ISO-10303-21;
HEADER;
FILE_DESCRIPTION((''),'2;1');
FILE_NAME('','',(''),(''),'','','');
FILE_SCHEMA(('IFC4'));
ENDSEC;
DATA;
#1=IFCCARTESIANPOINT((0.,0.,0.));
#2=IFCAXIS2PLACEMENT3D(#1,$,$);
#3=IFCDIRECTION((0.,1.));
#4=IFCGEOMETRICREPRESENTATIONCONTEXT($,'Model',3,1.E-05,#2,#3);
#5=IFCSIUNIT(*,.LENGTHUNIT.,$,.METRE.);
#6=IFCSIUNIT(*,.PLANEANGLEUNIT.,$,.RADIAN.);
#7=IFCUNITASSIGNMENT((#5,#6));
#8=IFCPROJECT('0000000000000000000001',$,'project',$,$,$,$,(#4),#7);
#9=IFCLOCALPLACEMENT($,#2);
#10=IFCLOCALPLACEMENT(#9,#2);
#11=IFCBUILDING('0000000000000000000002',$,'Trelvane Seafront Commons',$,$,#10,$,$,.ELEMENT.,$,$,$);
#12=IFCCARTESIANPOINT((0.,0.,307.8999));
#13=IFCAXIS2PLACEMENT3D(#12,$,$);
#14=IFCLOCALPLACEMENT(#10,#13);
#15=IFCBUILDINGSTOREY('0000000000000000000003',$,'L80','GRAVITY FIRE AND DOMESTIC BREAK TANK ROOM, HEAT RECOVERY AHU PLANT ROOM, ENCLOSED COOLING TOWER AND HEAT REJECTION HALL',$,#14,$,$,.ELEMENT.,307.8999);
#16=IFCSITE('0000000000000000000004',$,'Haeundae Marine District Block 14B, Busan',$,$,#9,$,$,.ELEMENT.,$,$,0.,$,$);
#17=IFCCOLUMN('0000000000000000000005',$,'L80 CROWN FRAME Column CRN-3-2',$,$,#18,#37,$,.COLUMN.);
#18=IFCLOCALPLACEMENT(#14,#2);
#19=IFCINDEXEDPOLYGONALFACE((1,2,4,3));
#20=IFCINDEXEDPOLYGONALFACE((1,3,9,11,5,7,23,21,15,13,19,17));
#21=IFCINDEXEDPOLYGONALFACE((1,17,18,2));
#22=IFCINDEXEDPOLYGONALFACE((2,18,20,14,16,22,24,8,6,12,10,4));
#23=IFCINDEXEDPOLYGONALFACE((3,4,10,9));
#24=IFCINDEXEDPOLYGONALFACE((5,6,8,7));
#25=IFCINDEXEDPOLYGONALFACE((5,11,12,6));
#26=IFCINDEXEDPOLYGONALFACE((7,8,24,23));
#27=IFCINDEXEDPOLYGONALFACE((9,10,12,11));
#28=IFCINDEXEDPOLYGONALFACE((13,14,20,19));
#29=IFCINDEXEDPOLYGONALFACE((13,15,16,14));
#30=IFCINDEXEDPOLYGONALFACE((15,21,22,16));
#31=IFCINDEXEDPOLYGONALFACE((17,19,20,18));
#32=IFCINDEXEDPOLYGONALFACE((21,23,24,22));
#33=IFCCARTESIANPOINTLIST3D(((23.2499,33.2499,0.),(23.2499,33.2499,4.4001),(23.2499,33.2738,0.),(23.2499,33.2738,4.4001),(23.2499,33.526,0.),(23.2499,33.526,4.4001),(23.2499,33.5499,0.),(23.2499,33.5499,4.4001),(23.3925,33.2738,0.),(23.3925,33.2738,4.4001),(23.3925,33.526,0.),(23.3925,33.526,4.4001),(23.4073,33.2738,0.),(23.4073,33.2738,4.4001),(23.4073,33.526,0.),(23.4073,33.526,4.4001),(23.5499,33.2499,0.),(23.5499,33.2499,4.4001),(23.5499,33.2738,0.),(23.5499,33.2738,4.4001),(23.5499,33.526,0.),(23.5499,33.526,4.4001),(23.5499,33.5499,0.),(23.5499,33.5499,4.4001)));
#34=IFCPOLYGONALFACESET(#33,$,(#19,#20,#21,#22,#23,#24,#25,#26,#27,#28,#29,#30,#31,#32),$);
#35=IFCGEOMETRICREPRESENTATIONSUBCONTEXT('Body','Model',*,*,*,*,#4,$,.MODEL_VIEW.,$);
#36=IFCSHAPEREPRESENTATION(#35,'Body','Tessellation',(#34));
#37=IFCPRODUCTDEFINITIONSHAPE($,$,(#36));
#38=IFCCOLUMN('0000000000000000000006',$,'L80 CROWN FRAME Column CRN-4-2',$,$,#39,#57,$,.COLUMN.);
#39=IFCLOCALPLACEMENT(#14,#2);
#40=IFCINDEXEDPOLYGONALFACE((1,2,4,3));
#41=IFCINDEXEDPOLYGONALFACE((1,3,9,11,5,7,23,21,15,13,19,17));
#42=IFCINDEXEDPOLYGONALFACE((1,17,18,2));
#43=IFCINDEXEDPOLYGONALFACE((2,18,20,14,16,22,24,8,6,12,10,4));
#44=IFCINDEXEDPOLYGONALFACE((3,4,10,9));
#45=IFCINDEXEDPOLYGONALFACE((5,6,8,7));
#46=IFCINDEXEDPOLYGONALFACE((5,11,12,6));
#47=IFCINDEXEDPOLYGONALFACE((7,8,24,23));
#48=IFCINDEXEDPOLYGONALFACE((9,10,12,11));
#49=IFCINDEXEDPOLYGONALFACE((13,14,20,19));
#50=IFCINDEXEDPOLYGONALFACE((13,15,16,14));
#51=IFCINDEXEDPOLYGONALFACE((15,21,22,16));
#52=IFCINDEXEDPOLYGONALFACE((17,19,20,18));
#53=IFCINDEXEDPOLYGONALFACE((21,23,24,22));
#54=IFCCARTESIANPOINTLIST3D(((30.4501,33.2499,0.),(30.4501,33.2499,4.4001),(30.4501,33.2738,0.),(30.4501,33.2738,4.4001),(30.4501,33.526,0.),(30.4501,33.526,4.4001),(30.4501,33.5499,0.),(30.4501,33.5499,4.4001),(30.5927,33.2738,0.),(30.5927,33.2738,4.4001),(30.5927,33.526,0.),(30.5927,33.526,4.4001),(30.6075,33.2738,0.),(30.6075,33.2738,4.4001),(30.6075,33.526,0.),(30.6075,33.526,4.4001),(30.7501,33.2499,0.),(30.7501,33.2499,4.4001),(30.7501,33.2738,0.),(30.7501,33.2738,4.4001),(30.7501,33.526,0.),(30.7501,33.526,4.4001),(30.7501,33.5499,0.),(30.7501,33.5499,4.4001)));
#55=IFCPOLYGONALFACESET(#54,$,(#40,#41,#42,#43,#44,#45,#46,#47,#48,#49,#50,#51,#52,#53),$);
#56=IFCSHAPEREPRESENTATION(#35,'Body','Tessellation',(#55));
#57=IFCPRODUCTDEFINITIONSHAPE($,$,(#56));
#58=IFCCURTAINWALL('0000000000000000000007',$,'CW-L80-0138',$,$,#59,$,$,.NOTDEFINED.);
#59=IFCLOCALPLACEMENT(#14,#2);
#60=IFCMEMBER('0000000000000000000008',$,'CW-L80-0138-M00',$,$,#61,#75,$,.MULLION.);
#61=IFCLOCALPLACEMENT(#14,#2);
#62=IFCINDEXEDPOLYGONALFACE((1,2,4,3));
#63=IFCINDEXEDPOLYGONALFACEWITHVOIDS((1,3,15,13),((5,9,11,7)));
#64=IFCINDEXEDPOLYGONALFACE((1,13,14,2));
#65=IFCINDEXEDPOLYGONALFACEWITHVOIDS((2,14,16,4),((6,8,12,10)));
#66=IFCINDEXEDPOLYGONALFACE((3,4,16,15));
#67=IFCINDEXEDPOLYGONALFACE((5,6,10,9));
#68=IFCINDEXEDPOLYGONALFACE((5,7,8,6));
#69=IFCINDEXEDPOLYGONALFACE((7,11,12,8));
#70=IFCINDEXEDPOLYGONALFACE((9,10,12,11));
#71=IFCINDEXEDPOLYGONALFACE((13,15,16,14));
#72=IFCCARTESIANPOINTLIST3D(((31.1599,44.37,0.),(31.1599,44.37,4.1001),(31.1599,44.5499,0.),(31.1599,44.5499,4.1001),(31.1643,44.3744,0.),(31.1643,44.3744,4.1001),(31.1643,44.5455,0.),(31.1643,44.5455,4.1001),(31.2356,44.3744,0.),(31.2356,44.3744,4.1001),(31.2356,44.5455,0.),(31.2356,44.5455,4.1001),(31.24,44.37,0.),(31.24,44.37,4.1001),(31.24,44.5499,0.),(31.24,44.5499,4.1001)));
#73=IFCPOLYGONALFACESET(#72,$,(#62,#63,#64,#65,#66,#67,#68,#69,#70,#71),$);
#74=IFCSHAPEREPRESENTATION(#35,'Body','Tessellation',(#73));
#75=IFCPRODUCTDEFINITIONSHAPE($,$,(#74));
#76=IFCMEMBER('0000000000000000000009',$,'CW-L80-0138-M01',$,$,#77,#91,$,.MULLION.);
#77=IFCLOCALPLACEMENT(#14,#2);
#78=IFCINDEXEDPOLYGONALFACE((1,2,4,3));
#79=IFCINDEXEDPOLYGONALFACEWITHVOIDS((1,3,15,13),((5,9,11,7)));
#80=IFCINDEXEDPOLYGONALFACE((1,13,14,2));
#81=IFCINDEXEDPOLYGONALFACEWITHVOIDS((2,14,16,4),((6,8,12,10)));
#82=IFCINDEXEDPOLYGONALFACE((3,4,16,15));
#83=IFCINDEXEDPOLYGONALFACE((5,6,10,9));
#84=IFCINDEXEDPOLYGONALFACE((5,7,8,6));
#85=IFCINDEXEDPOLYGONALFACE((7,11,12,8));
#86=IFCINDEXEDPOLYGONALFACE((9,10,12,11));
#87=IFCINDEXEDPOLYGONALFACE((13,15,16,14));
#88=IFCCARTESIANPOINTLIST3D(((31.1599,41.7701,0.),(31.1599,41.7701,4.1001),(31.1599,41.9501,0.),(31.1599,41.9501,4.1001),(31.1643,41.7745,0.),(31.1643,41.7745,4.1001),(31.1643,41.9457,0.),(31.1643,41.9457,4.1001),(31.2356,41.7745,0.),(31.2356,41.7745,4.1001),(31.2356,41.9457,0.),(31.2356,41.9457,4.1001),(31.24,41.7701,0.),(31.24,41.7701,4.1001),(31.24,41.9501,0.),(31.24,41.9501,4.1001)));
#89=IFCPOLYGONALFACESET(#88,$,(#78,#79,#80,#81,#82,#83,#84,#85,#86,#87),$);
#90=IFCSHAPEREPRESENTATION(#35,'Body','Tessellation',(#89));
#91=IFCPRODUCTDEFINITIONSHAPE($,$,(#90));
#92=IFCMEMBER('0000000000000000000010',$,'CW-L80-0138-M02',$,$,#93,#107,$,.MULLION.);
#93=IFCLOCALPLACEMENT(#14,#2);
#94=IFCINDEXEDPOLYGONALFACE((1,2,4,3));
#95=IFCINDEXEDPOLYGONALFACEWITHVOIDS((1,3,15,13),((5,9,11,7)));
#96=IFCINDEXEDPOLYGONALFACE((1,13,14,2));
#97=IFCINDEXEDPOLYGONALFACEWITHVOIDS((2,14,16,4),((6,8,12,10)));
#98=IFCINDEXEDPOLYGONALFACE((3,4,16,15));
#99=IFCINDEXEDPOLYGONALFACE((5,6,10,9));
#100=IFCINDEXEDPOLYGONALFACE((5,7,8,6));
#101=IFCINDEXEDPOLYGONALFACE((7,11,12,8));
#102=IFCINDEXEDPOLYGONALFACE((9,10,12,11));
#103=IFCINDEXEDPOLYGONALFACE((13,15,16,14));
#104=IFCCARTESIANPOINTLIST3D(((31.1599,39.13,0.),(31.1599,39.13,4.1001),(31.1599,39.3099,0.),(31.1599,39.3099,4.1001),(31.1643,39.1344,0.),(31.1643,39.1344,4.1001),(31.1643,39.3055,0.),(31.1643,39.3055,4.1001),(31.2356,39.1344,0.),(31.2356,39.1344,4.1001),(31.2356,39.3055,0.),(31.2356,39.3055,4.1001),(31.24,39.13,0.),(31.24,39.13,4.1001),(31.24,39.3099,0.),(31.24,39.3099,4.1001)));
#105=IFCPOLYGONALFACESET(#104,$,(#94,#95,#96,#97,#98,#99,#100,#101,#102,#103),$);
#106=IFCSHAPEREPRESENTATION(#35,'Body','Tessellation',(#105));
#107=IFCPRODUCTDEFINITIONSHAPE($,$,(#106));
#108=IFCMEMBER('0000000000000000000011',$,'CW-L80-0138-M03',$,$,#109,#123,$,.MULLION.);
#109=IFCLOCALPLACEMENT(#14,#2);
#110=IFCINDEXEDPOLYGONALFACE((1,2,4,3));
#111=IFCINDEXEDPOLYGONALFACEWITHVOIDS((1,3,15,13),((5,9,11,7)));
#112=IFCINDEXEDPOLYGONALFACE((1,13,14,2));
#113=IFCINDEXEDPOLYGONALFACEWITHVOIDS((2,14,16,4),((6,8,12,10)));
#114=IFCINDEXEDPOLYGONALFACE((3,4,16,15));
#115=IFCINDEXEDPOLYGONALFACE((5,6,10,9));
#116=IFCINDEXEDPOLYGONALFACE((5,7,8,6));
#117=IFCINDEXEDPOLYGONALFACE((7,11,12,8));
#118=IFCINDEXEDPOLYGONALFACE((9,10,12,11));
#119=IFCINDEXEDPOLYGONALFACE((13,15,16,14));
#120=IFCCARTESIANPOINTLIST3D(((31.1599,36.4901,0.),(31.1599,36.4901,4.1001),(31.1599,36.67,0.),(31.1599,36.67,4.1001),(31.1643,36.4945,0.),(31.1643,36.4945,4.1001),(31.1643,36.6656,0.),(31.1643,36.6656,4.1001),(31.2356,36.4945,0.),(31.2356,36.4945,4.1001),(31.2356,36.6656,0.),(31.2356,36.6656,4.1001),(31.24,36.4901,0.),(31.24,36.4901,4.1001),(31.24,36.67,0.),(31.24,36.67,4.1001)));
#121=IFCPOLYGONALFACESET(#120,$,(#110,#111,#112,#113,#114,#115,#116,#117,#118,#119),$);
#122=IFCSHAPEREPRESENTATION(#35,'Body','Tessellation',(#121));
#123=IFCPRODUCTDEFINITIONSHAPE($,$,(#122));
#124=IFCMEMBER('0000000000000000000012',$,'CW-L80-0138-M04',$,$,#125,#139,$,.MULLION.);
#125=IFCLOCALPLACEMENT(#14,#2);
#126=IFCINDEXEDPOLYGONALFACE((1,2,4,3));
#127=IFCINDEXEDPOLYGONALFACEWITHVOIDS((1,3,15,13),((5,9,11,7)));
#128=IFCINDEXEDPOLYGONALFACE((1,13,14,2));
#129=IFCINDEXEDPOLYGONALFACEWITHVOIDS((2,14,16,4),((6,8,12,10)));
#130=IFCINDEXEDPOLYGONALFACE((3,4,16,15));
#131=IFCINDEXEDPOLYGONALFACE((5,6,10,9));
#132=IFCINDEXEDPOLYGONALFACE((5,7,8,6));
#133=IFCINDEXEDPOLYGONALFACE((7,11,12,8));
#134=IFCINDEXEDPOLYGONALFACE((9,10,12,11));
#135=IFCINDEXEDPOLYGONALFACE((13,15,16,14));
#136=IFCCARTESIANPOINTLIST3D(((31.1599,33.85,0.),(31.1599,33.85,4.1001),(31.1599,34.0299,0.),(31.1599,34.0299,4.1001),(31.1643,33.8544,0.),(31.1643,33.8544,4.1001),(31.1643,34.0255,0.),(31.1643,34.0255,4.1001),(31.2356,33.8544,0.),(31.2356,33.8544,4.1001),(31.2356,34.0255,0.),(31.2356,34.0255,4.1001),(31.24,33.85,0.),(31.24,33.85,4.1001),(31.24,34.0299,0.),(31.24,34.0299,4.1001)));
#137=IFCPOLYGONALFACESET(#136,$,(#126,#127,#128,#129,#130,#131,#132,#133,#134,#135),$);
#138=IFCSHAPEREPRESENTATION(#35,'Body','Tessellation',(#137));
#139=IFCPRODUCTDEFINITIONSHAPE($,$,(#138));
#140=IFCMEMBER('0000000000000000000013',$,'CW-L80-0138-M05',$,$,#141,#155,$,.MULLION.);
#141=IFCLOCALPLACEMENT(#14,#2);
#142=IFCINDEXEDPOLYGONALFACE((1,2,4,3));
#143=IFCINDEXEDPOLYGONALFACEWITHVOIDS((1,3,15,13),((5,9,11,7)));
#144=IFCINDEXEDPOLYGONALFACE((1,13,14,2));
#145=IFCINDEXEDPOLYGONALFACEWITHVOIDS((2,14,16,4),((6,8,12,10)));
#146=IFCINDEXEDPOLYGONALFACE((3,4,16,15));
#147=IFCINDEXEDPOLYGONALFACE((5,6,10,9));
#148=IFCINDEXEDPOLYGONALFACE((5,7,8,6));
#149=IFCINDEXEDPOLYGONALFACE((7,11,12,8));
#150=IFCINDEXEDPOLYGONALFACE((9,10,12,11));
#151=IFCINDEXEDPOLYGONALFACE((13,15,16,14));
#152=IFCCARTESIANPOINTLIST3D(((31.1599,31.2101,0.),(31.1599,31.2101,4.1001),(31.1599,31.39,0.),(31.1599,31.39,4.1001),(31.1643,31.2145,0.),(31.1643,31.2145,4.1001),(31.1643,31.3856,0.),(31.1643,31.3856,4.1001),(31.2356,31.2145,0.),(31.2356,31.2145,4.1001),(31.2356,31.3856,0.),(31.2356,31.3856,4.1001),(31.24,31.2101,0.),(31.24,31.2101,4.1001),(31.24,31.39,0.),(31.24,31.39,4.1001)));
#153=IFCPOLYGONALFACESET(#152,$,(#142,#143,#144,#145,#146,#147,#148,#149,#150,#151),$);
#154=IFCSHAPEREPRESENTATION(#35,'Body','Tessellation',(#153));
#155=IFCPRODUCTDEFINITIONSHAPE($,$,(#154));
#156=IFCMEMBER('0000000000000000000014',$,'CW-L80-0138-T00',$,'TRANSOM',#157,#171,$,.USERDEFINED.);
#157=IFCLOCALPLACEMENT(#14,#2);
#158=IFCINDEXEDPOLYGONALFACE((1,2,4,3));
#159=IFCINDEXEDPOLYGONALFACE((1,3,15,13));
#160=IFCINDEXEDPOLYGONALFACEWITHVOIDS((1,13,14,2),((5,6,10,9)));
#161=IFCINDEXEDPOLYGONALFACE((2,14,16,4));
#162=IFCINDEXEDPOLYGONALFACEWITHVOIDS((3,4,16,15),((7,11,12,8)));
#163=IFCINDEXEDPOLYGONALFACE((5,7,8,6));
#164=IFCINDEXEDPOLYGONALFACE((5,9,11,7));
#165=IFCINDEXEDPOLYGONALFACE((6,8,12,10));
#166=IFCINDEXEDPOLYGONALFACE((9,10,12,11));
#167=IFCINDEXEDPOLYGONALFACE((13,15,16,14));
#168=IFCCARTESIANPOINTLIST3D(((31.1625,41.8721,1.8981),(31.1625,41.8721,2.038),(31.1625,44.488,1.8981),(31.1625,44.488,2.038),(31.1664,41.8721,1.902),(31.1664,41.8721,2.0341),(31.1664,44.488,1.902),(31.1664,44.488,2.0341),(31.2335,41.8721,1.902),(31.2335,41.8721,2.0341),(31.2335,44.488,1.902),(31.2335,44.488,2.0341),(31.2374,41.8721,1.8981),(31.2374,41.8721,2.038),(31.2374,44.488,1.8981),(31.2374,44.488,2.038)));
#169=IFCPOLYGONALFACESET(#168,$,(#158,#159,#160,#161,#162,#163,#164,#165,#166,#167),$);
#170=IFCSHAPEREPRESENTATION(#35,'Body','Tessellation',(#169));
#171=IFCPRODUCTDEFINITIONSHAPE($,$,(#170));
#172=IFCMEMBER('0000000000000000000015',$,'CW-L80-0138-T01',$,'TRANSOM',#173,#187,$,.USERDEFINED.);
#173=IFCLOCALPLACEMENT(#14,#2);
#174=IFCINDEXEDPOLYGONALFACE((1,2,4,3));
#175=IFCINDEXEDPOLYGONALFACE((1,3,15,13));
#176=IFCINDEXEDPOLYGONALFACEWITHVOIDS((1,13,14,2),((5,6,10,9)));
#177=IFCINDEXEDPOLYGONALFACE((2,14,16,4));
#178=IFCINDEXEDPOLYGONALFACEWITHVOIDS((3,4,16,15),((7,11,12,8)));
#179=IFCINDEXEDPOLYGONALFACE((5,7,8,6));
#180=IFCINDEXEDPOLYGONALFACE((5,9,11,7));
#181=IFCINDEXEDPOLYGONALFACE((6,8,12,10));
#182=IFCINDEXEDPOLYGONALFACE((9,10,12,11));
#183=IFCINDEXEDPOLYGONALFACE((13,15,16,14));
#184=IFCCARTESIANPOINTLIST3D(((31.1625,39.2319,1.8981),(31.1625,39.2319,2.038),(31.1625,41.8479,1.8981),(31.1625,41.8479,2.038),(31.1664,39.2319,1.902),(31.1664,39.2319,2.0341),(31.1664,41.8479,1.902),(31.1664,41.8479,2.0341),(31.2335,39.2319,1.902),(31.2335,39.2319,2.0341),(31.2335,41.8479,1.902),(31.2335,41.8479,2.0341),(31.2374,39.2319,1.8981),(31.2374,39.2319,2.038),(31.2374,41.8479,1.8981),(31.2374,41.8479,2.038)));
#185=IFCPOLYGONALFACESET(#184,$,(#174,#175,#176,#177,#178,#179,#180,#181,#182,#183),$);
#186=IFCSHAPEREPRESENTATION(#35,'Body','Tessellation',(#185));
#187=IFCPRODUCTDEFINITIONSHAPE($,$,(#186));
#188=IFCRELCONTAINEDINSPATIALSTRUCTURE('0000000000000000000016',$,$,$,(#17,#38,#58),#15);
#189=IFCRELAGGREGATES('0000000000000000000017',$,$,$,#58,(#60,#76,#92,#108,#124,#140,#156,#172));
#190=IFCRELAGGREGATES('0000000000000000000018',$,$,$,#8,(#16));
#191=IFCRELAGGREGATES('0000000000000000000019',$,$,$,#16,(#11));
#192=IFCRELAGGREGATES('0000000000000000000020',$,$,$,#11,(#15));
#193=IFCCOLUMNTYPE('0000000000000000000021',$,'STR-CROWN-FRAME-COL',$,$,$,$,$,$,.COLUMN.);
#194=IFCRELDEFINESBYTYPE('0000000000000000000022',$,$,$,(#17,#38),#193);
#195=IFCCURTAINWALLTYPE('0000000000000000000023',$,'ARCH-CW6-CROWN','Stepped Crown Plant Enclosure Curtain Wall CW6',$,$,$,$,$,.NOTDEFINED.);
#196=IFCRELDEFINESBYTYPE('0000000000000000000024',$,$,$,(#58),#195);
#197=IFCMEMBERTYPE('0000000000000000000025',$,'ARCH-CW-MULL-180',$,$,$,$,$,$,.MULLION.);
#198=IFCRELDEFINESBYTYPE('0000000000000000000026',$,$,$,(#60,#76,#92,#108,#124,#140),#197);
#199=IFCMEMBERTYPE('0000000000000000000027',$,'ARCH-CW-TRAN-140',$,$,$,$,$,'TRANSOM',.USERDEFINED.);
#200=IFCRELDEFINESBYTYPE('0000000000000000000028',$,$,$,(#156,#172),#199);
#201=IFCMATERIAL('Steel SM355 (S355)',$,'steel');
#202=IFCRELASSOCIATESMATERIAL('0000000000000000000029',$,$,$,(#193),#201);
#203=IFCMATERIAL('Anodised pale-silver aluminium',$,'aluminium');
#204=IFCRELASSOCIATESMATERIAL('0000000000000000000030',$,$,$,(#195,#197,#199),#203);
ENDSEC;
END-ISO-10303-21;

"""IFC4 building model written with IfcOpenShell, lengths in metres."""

from ifc_helpers import new_model, si_unit, direction, frame, origin, origin_2d, place, context, subcontext, project, spatial, hollow_rectangle, i_section, extrude, source, transform, mapped, material, material_profile, profile_set, type_object, element, aggregate, save


model = new_model("IFC4")

# Units and contexts
model_context = context("Model", 3, precision=1e-05, world=origin(), true_north=direction((0.0, 1.0)))
body_context = subcontext(model_context, "Body", "Model", "MODEL_VIEW")
ifc_project = project(units=[si_unit("LENGTHUNIT", "METRE"), si_unit("PLANEANGLEUNIT", "RADIAN")], contexts=[model_context])

# Site, building, storey
site_placement = place(None, origin())
site = spatial("IfcSite", under=ifc_project, at=site_placement, Name="Haeundae Marine District Block 14B, Busan", CompositionType="ELEMENT", RefElevation=0.0)
building_placement = place(site_placement, origin())
building = spatial("IfcBuilding", under=site, at=building_placement, Name="Trelvane Seafront Commons", CompositionType="ELEMENT")
storey_placement = place(building_placement, frame((0.0, 0.0, 307.8999)))
storey = spatial("IfcBuildingStorey", under=building, at=storey_placement, Name="L80", Description="GRAVITY FIRE AND DOMESTIC BREAK TANK ROOM, HEAT RECOVERY AHU PLANT ROOM, ENCLOSED COOLING TOWER AND HEAT REJECTION HALL", CompositionType="ELEMENT", Elevation=307.8999)

# Columns
ifc_material_1 = material(Name="Steel SM355 (S355)", Category="steel")
ifc_material_profile_1 = material_profile(ifc_material_1, i_section(OverallWidth=0.3, OverallDepth=0.3, WebThickness=0.0149, FlangeThickness=0.0239, at=origin_2d()), Name="HD-300x300x15x24")
ifc_profile_set_1 = profile_set([ifc_material_profile_1], Name="Steel SM355 (S355)")
column_type = type_object("IfcColumnType", Name="STR-CROWN-FRAME-COL", PredefinedType="COLUMN", material=ifc_profile_set_1)
shared_shape_1 = source(origin(), body_context, "Body", "SweptSolid", [
    extrude(i_section(OverallWidth=0.3, OverallDepth=0.3, WebThickness=0.0149, FlangeThickness=0.0239, at=origin_2d()), origin(), (0.0, 0.0, 1.0), 4.4001),
])
for number, where, z_axis, x_axis, name in (
    (1, (23.3999, 33.3999, 0.0), (0.0, 0.0, 1.0), (1.0, 0.0, 0.0), "L80 CROWN FRAME Column CRN-3-2"),
    (2, (30.6001, 33.3999, 0.0), (0.0, 0.0, 1.0), (1.0, 0.0, 0.0), "L80 CROWN FRAME Column CRN-4-2"),
):
    element("IfcColumn", number, at=place(storey_placement, frame(where, z_axis=z_axis, x_axis=x_axis)), inside=storey, type_object=column_type, Name=name, PredefinedType="COLUMN", context=body_context, shape_type="MappedRepresentation", body=[
        mapped(shared_shape_1, transform((0.0, 0.0, 0.0), x_axis=(1.0, 0.0, 0.0), y_axis=(0.0, 1.0, 0.0), z_axis=(0.0, 0.0, 1.0), scale=1.0)),
    ])

# Curtain wall, members
ifc_material_2 = material(Name="Anodised pale-silver aluminium", Category="aluminium")
curtain_wall_type = type_object("IfcCurtainWallType", Name="ARCH-CW6-CROWN", Description="Stepped Crown Plant Enclosure Curtain Wall CW6", PredefinedType="NOTDEFINED", material=ifc_material_2)
curtain_wall_placement = place(storey_placement, origin())
curtain_wall = element("IfcCurtainWall", 3, at=curtain_wall_placement, inside=storey, type_object=curtain_wall_type, Name="CW-L80-0138", PredefinedType="NOTDEFINED")
ifc_material_profile_2 = material_profile(ifc_material_2, hollow_rectangle(XDim=0.0801, YDim=0.1799, WallThickness=0.0044, at=origin_2d()), Name="MULL-80x180x4.5")
ifc_profile_set_2 = profile_set([ifc_material_profile_2], Name="Anodised pale-silver aluminium")
member_type_1 = type_object("IfcMemberType", Name="ARCH-CW-MULL-180", PredefinedType="MULLION", material=ifc_profile_set_2)
shared_shape_2 = source(origin(), body_context, "Body", "SweptSolid", [
    extrude(hollow_rectangle(XDim=0.0801, YDim=0.1799, WallThickness=0.0044, at=origin_2d()), origin(), (0.0, 0.0, 1.0), 4.1001),
])
member_1_placement = place(storey_placement, frame((31.2, 44.46, 0.0), z_axis=(0.0, 0.0, 1.0), x_axis=(1.0, 0.0, 0.0)))
member_1 = element("IfcMember", 4, at=member_1_placement, type_object=member_type_1, Name="CW-L80-0138-M00", PredefinedType="MULLION", context=body_context, shape_type="MappedRepresentation", body=[
    mapped(shared_shape_2, transform((0.0, 0.0, 0.0), x_axis=(1.0, 0.0, 0.0), y_axis=(0.0, 1.0, 0.0), z_axis=(0.0, 0.0, 1.0), scale=1.0)),
])
member_2_placement = place(storey_placement, frame((31.2, 41.8601, 0.0), z_axis=(0.0, 0.0, 1.0), x_axis=(1.0, 0.0, 0.0)))
member_2 = element("IfcMember", 5, at=member_2_placement, type_object=member_type_1, Name="CW-L80-0138-M01", PredefinedType="MULLION", context=body_context, shape_type="MappedRepresentation", body=[
    mapped(shared_shape_2, transform((0.0, 0.0, 0.0), x_axis=(1.0, 0.0, 0.0), y_axis=(0.0, 1.0, 0.0), z_axis=(0.0, 0.0, 1.0), scale=1.0)),
])
member_3_placement = place(storey_placement, frame((31.2, 39.22, 0.0), z_axis=(0.0, 0.0, 1.0), x_axis=(1.0, 0.0, 0.0)))
member_3 = element("IfcMember", 6, at=member_3_placement, type_object=member_type_1, Name="CW-L80-0138-M02", PredefinedType="MULLION", context=body_context, shape_type="MappedRepresentation", body=[
    mapped(shared_shape_2, transform((0.0, 0.0, 0.0), x_axis=(1.0, 0.0, 0.0), y_axis=(0.0, 1.0, 0.0), z_axis=(0.0, 0.0, 1.0), scale=1.0)),
])
member_4_placement = place(storey_placement, frame((31.2, 36.5801, 0.0), z_axis=(0.0, 0.0, 1.0), x_axis=(1.0, 0.0, 0.0)))
member_4 = element("IfcMember", 7, at=member_4_placement, type_object=member_type_1, Name="CW-L80-0138-M03", PredefinedType="MULLION", context=body_context, shape_type="MappedRepresentation", body=[
    mapped(shared_shape_2, transform((0.0, 0.0, 0.0), x_axis=(1.0, 0.0, 0.0), y_axis=(0.0, 1.0, 0.0), z_axis=(0.0, 0.0, 1.0), scale=1.0)),
])
member_5_placement = place(storey_placement, frame((31.2, 33.9399, 0.0), z_axis=(0.0, 0.0, 1.0), x_axis=(1.0, 0.0, 0.0)))
member_5 = element("IfcMember", 8, at=member_5_placement, type_object=member_type_1, Name="CW-L80-0138-M04", PredefinedType="MULLION", context=body_context, shape_type="MappedRepresentation", body=[
    mapped(shared_shape_2, transform((0.0, 0.0, 0.0), x_axis=(1.0, 0.0, 0.0), y_axis=(0.0, 1.0, 0.0), z_axis=(0.0, 0.0, 1.0), scale=1.0)),
])
member_6_placement = place(storey_placement, frame((31.2, 31.3, 0.0), z_axis=(0.0, 0.0, 1.0), x_axis=(1.0, 0.0, 0.0)))
member_6 = element("IfcMember", 9, at=member_6_placement, type_object=member_type_1, Name="CW-L80-0138-M05", PredefinedType="MULLION", context=body_context, shape_type="MappedRepresentation", body=[
    mapped(shared_shape_2, transform((0.0, 0.0, 0.0), x_axis=(1.0, 0.0, 0.0), y_axis=(0.0, 1.0, 0.0), z_axis=(0.0, 0.0, 1.0), scale=1.0)),
])
ifc_material_profile_3 = material_profile(ifc_material_2, hollow_rectangle(XDim=0.075, YDim=0.1399, WallThickness=0.0039, at=origin_2d()), Name="TRAN-75x140x4")
ifc_profile_set_3 = profile_set([ifc_material_profile_3], Name="Anodised pale-silver aluminium")
member_type_2 = type_object("IfcMemberType", Name="ARCH-CW-TRAN-140", ElementType="TRANSOM", PredefinedType="USERDEFINED", material=ifc_profile_set_3)
shared_shape_3 = source(origin(), body_context, "Body", "SweptSolid", [
    extrude(hollow_rectangle(XDim=0.075, YDim=0.1399, WallThickness=0.0039, at=origin_2d()), origin(), (0.0, 0.0, 1.0), 2.616),
])
member_7_placement = place(storey_placement, frame((31.2, 44.488, 1.968), z_axis=(0.0, -1.0, 0.0), x_axis=(1.0, 0.0, 0.0)))
member_7 = element("IfcMember", 10, at=member_7_placement, type_object=member_type_2, Name="CW-L80-0138-T00", ObjectType="TRANSOM", PredefinedType="USERDEFINED", context=body_context, shape_type="MappedRepresentation", body=[
    mapped(shared_shape_3, transform((0.0, 0.0, 0.0), x_axis=(1.0, 0.0, 0.0), y_axis=(0.0, 1.0, 0.0), z_axis=(0.0, 0.0, 1.0), scale=1.0)),
])
member_8_placement = place(storey_placement, frame((31.2, 41.8479, 1.968), z_axis=(0.0, -1.0, 0.0), x_axis=(1.0, 0.0, 0.0)))
member_8 = element("IfcMember", 11, at=member_8_placement, type_object=member_type_2, Name="CW-L80-0138-T01", ObjectType="TRANSOM", PredefinedType="USERDEFINED", context=body_context, shape_type="MappedRepresentation", body=[
    mapped(shared_shape_3, transform((0.0, 0.0, 0.0), x_axis=(1.0, 0.0, 0.0), y_axis=(0.0, 1.0, 0.0), z_axis=(0.0, 0.0, 1.0), scale=1.0)),
])
aggregate(curtain_wall, [member_1, member_2, member_3, member_4, member_5, member_6, member_7, member_8])

save(model, "model.ifc")
